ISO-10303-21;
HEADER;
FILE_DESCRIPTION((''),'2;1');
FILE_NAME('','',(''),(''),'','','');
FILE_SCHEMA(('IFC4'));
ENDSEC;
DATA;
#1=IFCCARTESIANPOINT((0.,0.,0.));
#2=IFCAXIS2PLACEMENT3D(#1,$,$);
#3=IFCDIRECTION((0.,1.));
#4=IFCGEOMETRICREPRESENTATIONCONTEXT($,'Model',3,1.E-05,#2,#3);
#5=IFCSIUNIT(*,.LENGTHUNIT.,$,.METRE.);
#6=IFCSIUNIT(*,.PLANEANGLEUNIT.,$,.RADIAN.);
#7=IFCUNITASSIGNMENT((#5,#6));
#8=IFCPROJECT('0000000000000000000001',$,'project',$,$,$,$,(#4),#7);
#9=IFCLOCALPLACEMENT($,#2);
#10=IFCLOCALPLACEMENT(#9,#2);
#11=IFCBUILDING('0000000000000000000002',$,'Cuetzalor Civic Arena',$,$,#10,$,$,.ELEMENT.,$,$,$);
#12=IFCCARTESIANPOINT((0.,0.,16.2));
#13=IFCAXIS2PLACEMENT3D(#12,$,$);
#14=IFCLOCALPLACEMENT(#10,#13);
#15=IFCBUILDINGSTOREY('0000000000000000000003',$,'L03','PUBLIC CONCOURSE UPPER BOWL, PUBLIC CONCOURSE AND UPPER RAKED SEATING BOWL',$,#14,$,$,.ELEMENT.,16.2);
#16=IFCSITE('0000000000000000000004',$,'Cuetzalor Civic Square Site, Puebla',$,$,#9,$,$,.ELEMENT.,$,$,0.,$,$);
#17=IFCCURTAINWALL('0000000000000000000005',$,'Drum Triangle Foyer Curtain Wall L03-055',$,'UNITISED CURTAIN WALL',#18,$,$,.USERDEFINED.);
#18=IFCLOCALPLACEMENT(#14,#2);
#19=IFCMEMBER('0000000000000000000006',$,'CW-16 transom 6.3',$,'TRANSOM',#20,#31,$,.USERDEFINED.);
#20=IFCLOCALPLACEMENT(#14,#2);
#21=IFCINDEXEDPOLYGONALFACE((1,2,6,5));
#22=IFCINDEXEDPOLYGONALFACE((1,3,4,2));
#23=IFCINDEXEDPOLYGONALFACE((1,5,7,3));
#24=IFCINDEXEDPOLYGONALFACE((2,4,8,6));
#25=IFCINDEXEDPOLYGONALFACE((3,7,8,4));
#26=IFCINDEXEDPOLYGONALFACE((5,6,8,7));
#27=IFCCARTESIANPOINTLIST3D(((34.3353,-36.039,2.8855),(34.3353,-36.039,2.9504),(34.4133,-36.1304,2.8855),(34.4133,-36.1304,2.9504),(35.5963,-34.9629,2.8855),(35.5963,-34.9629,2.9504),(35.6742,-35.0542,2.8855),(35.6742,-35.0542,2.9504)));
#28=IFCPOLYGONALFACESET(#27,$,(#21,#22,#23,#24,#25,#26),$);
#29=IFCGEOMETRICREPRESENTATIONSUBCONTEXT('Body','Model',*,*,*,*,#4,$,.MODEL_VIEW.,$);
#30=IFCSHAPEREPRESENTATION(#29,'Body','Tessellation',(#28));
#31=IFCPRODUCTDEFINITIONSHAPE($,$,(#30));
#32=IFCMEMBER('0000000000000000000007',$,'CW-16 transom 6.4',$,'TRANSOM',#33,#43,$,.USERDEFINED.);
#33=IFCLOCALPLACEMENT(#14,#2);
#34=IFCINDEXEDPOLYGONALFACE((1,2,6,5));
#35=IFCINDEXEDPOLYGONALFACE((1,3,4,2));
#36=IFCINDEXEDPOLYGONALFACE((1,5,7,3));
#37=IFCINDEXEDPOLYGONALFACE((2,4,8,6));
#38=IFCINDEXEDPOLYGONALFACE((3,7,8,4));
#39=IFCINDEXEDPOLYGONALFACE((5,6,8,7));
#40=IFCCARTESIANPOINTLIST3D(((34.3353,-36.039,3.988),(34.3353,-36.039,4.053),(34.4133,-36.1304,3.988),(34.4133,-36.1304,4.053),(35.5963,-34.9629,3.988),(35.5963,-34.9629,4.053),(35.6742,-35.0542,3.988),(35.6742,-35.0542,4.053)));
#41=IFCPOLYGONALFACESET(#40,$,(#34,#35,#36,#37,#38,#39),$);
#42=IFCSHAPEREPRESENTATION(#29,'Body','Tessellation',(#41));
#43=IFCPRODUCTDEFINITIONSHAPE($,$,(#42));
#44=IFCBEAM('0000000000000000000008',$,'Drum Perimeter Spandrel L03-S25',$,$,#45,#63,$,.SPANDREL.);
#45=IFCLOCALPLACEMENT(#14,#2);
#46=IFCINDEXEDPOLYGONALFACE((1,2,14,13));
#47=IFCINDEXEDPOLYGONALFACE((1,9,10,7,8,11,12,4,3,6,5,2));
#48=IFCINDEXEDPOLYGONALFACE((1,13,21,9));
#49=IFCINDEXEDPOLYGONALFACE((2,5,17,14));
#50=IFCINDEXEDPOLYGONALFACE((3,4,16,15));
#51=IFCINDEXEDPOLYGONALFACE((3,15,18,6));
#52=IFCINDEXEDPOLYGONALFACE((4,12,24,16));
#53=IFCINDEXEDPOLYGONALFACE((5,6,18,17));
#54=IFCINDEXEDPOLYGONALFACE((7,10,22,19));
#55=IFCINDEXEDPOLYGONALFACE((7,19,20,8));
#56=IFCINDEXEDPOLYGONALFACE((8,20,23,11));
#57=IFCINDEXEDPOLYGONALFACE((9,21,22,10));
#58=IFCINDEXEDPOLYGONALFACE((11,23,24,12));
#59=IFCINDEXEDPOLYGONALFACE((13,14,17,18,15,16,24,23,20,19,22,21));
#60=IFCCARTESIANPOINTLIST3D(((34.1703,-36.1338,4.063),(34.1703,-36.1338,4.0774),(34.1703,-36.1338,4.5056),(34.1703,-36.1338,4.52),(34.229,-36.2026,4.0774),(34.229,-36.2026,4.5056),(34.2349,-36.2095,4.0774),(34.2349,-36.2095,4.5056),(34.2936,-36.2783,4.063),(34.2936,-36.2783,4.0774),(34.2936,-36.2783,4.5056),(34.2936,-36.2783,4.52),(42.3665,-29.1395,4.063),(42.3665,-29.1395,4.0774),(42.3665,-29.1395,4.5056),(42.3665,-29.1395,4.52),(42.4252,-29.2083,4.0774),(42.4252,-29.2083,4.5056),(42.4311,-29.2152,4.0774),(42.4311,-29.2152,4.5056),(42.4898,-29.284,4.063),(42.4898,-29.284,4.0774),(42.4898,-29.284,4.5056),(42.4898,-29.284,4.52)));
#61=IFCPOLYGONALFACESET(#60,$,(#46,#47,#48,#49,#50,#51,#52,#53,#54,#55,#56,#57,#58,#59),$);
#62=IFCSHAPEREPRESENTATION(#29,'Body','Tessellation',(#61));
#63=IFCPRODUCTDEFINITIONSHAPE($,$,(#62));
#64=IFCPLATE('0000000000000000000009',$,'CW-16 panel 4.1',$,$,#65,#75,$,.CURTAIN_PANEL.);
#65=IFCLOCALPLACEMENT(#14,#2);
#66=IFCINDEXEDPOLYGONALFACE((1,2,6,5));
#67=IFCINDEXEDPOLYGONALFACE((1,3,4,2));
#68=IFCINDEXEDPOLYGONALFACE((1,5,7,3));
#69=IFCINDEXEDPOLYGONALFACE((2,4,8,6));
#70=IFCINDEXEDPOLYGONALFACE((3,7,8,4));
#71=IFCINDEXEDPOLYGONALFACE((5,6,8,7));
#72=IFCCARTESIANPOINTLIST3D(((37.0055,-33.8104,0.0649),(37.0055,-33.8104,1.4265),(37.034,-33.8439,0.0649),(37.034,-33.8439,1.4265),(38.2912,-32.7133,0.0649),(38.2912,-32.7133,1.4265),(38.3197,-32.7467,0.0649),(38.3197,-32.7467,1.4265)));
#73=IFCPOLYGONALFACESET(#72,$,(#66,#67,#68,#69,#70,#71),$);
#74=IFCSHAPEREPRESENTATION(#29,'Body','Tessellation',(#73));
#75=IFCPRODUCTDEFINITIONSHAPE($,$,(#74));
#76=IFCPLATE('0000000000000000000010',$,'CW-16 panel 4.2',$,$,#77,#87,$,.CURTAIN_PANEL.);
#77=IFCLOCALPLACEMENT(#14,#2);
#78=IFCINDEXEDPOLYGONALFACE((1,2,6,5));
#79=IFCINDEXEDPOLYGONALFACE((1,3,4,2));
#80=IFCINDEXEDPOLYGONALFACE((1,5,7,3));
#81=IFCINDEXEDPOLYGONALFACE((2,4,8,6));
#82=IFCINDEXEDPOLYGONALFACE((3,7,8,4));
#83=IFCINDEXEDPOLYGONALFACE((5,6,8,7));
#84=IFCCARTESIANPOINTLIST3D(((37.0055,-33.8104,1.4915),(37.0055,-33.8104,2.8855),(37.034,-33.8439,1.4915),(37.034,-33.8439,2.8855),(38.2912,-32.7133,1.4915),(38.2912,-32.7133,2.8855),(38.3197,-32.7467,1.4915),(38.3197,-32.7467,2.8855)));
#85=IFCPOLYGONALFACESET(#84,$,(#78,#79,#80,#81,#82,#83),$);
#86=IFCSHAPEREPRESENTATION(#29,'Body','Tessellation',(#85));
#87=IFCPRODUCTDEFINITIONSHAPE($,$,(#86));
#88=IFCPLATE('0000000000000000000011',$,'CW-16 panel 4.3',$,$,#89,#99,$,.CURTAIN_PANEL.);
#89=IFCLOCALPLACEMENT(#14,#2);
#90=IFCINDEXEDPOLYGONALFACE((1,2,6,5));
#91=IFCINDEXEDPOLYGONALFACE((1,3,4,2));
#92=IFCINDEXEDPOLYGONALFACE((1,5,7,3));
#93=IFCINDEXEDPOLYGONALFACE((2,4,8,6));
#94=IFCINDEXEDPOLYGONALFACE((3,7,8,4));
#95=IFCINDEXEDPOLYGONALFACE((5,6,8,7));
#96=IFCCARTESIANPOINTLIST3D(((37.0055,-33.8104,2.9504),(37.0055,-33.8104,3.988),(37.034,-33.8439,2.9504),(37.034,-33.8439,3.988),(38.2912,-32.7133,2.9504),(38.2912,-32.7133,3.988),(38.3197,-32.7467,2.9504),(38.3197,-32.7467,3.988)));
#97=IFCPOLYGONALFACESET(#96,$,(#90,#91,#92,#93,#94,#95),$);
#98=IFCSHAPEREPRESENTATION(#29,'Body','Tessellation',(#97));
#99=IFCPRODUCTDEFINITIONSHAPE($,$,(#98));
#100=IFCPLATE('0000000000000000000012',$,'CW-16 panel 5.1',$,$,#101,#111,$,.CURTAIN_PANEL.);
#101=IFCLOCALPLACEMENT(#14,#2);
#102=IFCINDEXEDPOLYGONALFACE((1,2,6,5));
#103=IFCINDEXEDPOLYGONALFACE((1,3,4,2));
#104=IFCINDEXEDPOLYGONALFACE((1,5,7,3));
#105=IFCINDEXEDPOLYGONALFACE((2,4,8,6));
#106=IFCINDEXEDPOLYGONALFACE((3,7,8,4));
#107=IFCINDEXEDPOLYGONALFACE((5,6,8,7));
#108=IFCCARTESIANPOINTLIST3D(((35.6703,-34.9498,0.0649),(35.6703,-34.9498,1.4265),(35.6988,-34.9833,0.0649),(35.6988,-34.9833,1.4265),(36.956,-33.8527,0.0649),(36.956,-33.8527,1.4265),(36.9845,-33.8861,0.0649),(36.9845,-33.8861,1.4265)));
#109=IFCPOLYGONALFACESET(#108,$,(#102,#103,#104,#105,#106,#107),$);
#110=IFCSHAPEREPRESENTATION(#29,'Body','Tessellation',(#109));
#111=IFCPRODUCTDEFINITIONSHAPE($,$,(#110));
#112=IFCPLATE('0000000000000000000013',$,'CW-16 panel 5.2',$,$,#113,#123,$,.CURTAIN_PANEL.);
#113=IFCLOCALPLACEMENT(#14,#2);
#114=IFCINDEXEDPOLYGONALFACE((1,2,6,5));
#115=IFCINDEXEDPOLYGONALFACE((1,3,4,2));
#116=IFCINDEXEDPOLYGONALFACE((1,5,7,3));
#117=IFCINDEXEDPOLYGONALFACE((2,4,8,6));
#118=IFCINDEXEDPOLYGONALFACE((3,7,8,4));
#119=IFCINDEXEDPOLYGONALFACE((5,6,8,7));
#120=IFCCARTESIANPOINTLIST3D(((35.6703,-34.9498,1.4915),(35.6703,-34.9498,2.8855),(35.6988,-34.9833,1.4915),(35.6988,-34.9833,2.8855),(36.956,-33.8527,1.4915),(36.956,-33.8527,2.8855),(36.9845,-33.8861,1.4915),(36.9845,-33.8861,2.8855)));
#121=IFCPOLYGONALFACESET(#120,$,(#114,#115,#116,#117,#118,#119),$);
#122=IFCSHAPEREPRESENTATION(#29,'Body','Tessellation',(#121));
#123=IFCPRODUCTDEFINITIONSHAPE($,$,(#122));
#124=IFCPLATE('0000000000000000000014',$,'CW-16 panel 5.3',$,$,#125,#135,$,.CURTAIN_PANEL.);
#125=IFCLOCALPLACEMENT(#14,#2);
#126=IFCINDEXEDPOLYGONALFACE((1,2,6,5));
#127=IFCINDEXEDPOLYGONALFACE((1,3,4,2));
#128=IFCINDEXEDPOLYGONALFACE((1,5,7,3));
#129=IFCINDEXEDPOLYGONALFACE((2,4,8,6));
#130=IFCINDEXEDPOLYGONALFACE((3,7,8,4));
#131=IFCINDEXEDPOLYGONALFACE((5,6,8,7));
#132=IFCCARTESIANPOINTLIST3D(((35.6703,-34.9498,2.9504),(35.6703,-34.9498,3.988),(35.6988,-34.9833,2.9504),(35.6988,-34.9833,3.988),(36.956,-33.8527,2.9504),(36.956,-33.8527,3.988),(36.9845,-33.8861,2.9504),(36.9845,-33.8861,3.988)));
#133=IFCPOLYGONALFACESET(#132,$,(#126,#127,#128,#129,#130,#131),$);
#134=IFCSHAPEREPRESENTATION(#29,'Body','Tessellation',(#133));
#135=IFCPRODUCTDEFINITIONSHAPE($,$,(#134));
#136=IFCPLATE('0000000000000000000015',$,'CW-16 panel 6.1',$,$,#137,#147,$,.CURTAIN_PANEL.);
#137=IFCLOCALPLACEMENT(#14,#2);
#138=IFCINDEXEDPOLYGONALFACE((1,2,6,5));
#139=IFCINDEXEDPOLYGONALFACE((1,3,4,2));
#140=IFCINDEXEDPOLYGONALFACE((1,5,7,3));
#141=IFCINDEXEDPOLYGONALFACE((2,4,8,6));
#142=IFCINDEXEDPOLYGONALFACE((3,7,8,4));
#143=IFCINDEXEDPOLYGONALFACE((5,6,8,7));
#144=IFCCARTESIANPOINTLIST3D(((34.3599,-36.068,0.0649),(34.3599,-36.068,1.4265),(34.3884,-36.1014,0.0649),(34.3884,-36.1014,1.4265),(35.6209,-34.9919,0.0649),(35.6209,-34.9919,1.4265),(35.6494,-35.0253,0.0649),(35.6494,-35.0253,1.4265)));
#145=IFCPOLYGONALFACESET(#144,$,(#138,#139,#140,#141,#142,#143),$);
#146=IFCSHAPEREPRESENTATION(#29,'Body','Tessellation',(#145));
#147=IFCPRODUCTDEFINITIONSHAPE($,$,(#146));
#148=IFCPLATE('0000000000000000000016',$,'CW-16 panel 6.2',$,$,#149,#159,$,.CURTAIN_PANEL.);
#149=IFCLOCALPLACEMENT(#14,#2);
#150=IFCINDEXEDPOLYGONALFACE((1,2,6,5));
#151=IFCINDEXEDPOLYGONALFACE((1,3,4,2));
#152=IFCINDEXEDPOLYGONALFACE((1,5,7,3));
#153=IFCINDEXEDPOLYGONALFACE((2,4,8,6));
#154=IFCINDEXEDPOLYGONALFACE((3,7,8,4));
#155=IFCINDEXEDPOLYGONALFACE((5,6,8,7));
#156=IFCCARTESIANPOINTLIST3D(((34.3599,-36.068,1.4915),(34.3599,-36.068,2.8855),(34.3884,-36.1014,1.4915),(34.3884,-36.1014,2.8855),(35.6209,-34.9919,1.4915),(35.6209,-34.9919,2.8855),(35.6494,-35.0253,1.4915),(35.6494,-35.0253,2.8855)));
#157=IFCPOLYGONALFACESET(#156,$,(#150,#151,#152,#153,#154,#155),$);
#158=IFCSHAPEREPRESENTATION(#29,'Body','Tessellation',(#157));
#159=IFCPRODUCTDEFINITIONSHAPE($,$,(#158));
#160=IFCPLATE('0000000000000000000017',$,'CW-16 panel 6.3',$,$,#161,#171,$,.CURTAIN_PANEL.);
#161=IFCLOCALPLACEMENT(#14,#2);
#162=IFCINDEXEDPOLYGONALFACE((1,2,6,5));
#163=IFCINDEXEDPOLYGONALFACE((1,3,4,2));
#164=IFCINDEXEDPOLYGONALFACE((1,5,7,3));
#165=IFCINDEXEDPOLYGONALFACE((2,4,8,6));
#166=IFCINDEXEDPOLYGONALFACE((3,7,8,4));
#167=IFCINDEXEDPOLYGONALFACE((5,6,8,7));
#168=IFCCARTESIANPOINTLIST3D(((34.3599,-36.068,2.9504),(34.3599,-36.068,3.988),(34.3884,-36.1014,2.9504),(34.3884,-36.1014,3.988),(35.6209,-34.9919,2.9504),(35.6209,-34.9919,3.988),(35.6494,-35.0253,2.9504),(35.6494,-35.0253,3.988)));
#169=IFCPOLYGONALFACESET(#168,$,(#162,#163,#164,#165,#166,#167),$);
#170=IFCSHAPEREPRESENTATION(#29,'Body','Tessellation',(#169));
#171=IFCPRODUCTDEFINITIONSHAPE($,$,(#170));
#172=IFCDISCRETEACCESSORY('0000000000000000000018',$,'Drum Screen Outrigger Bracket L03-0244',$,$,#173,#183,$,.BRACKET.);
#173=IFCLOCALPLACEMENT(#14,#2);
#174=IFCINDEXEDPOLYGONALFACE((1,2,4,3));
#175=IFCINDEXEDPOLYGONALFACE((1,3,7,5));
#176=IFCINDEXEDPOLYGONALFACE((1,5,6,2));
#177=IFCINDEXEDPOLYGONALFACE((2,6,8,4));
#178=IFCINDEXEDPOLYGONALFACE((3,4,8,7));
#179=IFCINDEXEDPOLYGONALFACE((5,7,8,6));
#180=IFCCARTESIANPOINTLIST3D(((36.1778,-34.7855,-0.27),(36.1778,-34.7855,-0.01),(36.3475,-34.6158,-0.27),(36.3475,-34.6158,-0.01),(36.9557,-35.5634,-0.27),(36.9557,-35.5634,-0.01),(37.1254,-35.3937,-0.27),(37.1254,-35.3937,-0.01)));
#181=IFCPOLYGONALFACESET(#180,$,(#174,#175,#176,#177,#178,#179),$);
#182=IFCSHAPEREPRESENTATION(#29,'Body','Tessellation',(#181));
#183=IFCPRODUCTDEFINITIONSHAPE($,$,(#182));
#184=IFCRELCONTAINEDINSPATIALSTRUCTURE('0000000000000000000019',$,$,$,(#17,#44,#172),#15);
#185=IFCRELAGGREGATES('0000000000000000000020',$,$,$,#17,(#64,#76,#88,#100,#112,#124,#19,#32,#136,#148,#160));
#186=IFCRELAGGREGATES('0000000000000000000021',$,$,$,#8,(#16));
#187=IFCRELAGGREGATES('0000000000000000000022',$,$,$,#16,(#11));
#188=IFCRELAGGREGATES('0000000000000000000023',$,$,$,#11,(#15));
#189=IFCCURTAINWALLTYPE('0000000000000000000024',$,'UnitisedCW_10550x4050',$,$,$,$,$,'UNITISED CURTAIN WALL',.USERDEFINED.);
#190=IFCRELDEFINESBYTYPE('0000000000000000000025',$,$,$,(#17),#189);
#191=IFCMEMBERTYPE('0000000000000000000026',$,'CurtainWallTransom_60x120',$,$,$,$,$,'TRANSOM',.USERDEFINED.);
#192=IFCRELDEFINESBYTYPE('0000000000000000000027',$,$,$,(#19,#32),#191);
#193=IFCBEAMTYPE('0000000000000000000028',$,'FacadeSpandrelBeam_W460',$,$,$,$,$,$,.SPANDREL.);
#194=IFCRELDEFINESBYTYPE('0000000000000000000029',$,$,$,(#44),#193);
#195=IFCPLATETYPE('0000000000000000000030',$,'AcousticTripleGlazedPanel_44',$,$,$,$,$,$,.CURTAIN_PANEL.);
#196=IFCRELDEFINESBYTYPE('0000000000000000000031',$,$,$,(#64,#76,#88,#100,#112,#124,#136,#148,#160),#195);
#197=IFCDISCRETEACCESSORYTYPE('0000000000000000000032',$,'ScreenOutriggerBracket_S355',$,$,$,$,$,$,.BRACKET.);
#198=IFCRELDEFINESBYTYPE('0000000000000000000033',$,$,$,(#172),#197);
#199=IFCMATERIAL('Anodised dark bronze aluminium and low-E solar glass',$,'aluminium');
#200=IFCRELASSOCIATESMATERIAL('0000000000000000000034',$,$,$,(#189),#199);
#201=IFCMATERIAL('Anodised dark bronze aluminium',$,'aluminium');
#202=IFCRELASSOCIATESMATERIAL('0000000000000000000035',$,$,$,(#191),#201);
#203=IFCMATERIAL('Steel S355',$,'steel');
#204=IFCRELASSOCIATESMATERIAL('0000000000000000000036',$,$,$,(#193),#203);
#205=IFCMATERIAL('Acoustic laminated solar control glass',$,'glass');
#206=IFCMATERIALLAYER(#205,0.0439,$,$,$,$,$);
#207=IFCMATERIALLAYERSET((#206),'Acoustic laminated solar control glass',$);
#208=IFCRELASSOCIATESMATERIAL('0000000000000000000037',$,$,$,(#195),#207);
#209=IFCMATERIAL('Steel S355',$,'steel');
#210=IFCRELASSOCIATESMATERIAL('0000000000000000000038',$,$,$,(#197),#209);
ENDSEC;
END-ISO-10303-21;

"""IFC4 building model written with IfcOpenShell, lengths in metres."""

from ifc_helpers import new_model, si_unit, direction, frame, origin, origin_2d, place, context, subcontext, project, spatial, rectangle, i_section, extrude, material, layer, layer_set, material_profile, profile_set, type_object, element, aggregate, save


model = new_model("IFC4")

# Units and contexts
model_context = context("Model", 3, precision=1e-05, world=origin(), true_north=direction((0.0, 1.0)))
body_context = subcontext(model_context, "Body", "Model", "MODEL_VIEW")
ifc_project = project(units=[si_unit("LENGTHUNIT", "METRE"), si_unit("PLANEANGLEUNIT", "RADIAN")], contexts=[model_context])

# Site, building, storey
site_placement = place(None, origin())
site = spatial("IfcSite", under=ifc_project, at=site_placement, Name="Cuetzalor Civic Square Site, Puebla", CompositionType="ELEMENT", RefElevation=0.0)
building_placement = place(site_placement, origin())
building = spatial("IfcBuilding", under=site, at=building_placement, Name="Cuetzalor Civic Arena", CompositionType="ELEMENT")
storey_placement = place(building_placement, frame((0.0, 0.0, 16.2)))
storey = spatial("IfcBuildingStorey", under=building, at=storey_placement, Name="L03", Description="PUBLIC CONCOURSE UPPER BOWL, PUBLIC CONCOURSE AND UPPER RAKED SEATING BOWL", CompositionType="ELEMENT", Elevation=16.2)

# Curtain wall, members
ifc_material_1 = material(Name="Anodised dark bronze aluminium and low-E solar glass", Category="aluminium")
curtain_wall_type = type_object("IfcCurtainWallType", Name="UnitisedCW_10550x4050", ElementType="UNITISED CURTAIN WALL", PredefinedType="USERDEFINED", material=ifc_material_1)
curtain_wall_placement = place(storey_placement, origin())
curtain_wall = element("IfcCurtainWall", 1, at=curtain_wall_placement, inside=storey, type_object=curtain_wall_type, Name="Drum Triangle Foyer Curtain Wall L03-055", ObjectType="UNITISED CURTAIN WALL", PredefinedType="USERDEFINED")
ifc_material_2 = material(Name="Anodised dark bronze aluminium", Category="aluminium")
ifc_material_profile_1 = material_profile(ifc_material_2, rectangle(XDim=0.1201, YDim=0.0649, at=origin_2d()), Name="ALU TRANSOM 65x120")
ifc_profile_set_1 = profile_set([ifc_material_profile_1], Name="Anodised dark bronze aluminium")
member_type_1 = type_object("IfcMemberType", Name="CurtainWallTransom_60x120", ElementType="TRANSOM", PredefinedType="USERDEFINED", material=ifc_profile_set_1)
member_1_placement = place(storey_placement, frame((35.6353, -35.0085, 2.918), z_axis=(-0.760648, -0.649165, 0.0), x_axis=(0.649165, -0.760648, 0.0)))
member_1 = element("IfcMember", 2, at=member_1_placement, type_object=member_type_1, Name="CW-16 transom 6.3", ObjectType="TRANSOM", PredefinedType="USERDEFINED", context=body_context, shape_type="SweptSolid", body=[
    extrude(rectangle(XDim=0.1201, YDim=0.0649, at=origin_2d()), origin(), (0.0, 0.0, 1.0), 1.6577),
])
member_2_placement = place(storey_placement, frame((35.6353, -35.0085, 4.0205), z_axis=(-0.760648, -0.649165, 0.0), x_axis=(0.649165, -0.760648, 0.0)))
member_2 = element("IfcMember", 3, at=member_2_placement, type_object=member_type_1, Name="CW-16 transom 6.4", ObjectType="TRANSOM", PredefinedType="USERDEFINED", context=body_context, shape_type="SweptSolid", body=[
    extrude(rectangle(XDim=0.1201, YDim=0.0649, at=origin_2d()), origin(), (0.0, 0.0, 1.0), 1.6577),
])

# Beam
ifc_material_3 = material(Name="Steel S355", Category="steel")
ifc_material_profile_2 = material_profile(ifc_material_3, i_section(OverallWidth=0.1899, OverallDepth=0.457, WebThickness=0.009, FlangeThickness=0.0144, at=origin_2d()), Name="W460x74")
ifc_profile_set_2 = profile_set([ifc_material_profile_2], Name="Steel S355")
beam_type = type_object("IfcBeamType", Name="FacadeSpandrelBeam_W460", PredefinedType="SPANDREL", material=ifc_profile_set_2)
beam_placement = place(storey_placement, frame((34.2319, -36.2061, 4.2915), z_axis=(0.760677, 0.649131, 0.0), x_axis=(-0.649131, 0.760677, 0.0)))
element("IfcBeam", 4, at=beam_placement, inside=storey, type_object=beam_type, Name="Drum Perimeter Spandrel L03-S25", PredefinedType="SPANDREL", context=body_context, shape_type="SweptSolid", body=[
    extrude(i_section(OverallWidth=0.1899, OverallDepth=0.457, WebThickness=0.009, FlangeThickness=0.0144, at=origin_2d()), origin(), (0.0, 0.0, 1.0), 10.7749),
])

# Plates
ifc_material_4 = material(Name="Acoustic laminated solar control glass", Category="glass")
ifc_layer = layer(ifc_material_4, 0.0439)
ifc_layer_set = layer_set([ifc_layer], Name="Acoustic laminated solar control glass")
plate_type = type_object("IfcPlateType", Name="AcousticTripleGlazedPanel_44", PredefinedType="CURTAIN_PANEL", material=ifc_layer_set)
plate_1_placement = place(storey_placement, frame((37.6626, -33.2786, 0.0649), z_axis=(0.0, 0.0, 1.0), x_axis=(-0.760677, -0.64913, 0.0)))
plate_1 = element("IfcPlate", 5, at=plate_1_placement, type_object=plate_type, Name="CW-16 panel 4.1", PredefinedType="CURTAIN_PANEL", context=body_context, shape_type="SweptSolid", body=[
    extrude(rectangle(XDim=1.6902, YDim=0.0439, at=origin_2d()), origin(), (0.0, 0.0, 1.0), 1.3616),
])
plate_2_placement = place(storey_placement, frame((37.6626, -33.2786, 1.4915), z_axis=(0.0, 0.0, 1.0), x_axis=(-0.760677, -0.64913, 0.0)))
plate_2 = element("IfcPlate", 6, at=plate_2_placement, type_object=plate_type, Name="CW-16 panel 4.2", PredefinedType="CURTAIN_PANEL", context=body_context, shape_type="SweptSolid", body=[
    extrude(rectangle(XDim=1.6902, YDim=0.0439, at=origin_2d()), origin(), (0.0, 0.0, 1.0), 1.394),
])
plate_3_placement = place(storey_placement, frame((37.6626, -33.2786, 2.9504), z_axis=(0.0, 0.0, 1.0), x_axis=(-0.760677, -0.64913, 0.0)))
plate_3 = element("IfcPlate", 7, at=plate_3_placement, type_object=plate_type, Name="CW-16 panel 4.3", PredefinedType="CURTAIN_PANEL", context=body_context, shape_type="SweptSolid", body=[
    extrude(rectangle(XDim=1.6902, YDim=0.0439, at=origin_2d()), origin(), (0.0, 0.0, 1.0), 1.0376),
])
plate_4_placement = place(storey_placement, frame((36.3274, -34.418, 0.0649), z_axis=(0.0, 0.0, 1.0), x_axis=(-0.760677, -0.64913, 0.0)))
plate_4 = element("IfcPlate", 8, at=plate_4_placement, type_object=plate_type, Name="CW-16 panel 5.1", PredefinedType="CURTAIN_PANEL", context=body_context, shape_type="SweptSolid", body=[
    extrude(rectangle(XDim=1.6902, YDim=0.0439, at=origin_2d()), origin(), (0.0, 0.0, 1.0), 1.3616),
])
plate_5_placement = place(storey_placement, frame((36.3274, -34.418, 1.4915), z_axis=(0.0, 0.0, 1.0), x_axis=(-0.760677, -0.64913, 0.0)))
plate_5 = element("IfcPlate", 9, at=plate_5_placement, type_object=plate_type, Name="CW-16 panel 5.2", PredefinedType="CURTAIN_PANEL", context=body_context, shape_type="SweptSolid", body=[
    extrude(rectangle(XDim=1.6902, YDim=0.0439, at=origin_2d()), origin(), (0.0, 0.0, 1.0), 1.394),
])
plate_6_placement = place(storey_placement, frame((36.3274, -34.418, 2.9504), z_axis=(0.0, 0.0, 1.0), x_axis=(-0.760677, -0.64913, 0.0)))
plate_6 = element("IfcPlate", 10, at=plate_6_placement, type_object=plate_type, Name="CW-16 panel 5.3", PredefinedType="CURTAIN_PANEL", context=body_context, shape_type="SweptSolid", body=[
    extrude(rectangle(XDim=1.6902, YDim=0.0439, at=origin_2d()), origin(), (0.0, 0.0, 1.0), 1.0376),
])
plate_7_placement = place(storey_placement, frame((35.0046, -35.5466, 0.0649), z_axis=(0.0, 0.0, 1.0), x_axis=(-0.760677, -0.64913, 0.0)))
plate_7 = element("IfcPlate", 11, at=plate_7_placement, type_object=plate_type, Name="CW-16 panel 6.1", PredefinedType="CURTAIN_PANEL", context=body_context, shape_type="SweptSolid", body=[
    extrude(rectangle(XDim=1.6577, YDim=0.0439, at=origin_2d()), origin(), (0.0, 0.0, 1.0), 1.3616),
])
plate_8_placement = place(storey_placement, frame((35.0046, -35.5466, 1.4915), z_axis=(0.0, 0.0, 1.0), x_axis=(-0.760677, -0.64913, 0.0)))
plate_8 = element("IfcPlate", 12, at=plate_8_placement, type_object=plate_type, Name="CW-16 panel 6.2", PredefinedType="CURTAIN_PANEL", context=body_context, shape_type="SweptSolid", body=[
    extrude(rectangle(XDim=1.6577, YDim=0.0439, at=origin_2d()), origin(), (0.0, 0.0, 1.0), 1.394),
])
plate_9_placement = place(storey_placement, frame((35.0046, -35.5466, 2.9504), z_axis=(0.0, 0.0, 1.0), x_axis=(-0.760677, -0.64913, 0.0)))
plate_9 = element("IfcPlate", 13, at=plate_9_placement, type_object=plate_type, Name="CW-16 panel 6.3", PredefinedType="CURTAIN_PANEL", context=body_context, shape_type="SweptSolid", body=[
    extrude(rectangle(XDim=1.6577, YDim=0.0439, at=origin_2d()), origin(), (0.0, 0.0, 1.0), 1.0376),
])
aggregate(curtain_wall, [plate_1, plate_2, plate_3, plate_4, plate_5, plate_6, member_1, member_2, plate_7, plate_8, plate_9])

# Discrete accessory
ifc_material_5 = material(Name="Steel S355", Category="steel")
discrete_accessory_type = type_object("IfcDiscreteAccessoryType", Name="ScreenOutriggerBracket_S355", PredefinedType="BRACKET", material=ifc_material_5)
discrete_accessory_placement = place(storey_placement, frame((36.6516, -35.0896, -0.27), z_axis=(0.0, 0.0, 1.0), x_axis=(0.707107, -0.707107, 0.0)))
element("IfcDiscreteAccessory", 14, at=discrete_accessory_placement, inside=storey, type_object=discrete_accessory_type, Name="Drum Screen Outrigger Bracket L03-0244", PredefinedType="BRACKET", context=body_context, shape_type="SweptSolid", body=[
    extrude(rectangle(XDim=1.1001, YDim=0.24, at=origin_2d()), origin(), (0.0, 0.0, 1.0), 0.26),
])

save(model, "model.ifc")
